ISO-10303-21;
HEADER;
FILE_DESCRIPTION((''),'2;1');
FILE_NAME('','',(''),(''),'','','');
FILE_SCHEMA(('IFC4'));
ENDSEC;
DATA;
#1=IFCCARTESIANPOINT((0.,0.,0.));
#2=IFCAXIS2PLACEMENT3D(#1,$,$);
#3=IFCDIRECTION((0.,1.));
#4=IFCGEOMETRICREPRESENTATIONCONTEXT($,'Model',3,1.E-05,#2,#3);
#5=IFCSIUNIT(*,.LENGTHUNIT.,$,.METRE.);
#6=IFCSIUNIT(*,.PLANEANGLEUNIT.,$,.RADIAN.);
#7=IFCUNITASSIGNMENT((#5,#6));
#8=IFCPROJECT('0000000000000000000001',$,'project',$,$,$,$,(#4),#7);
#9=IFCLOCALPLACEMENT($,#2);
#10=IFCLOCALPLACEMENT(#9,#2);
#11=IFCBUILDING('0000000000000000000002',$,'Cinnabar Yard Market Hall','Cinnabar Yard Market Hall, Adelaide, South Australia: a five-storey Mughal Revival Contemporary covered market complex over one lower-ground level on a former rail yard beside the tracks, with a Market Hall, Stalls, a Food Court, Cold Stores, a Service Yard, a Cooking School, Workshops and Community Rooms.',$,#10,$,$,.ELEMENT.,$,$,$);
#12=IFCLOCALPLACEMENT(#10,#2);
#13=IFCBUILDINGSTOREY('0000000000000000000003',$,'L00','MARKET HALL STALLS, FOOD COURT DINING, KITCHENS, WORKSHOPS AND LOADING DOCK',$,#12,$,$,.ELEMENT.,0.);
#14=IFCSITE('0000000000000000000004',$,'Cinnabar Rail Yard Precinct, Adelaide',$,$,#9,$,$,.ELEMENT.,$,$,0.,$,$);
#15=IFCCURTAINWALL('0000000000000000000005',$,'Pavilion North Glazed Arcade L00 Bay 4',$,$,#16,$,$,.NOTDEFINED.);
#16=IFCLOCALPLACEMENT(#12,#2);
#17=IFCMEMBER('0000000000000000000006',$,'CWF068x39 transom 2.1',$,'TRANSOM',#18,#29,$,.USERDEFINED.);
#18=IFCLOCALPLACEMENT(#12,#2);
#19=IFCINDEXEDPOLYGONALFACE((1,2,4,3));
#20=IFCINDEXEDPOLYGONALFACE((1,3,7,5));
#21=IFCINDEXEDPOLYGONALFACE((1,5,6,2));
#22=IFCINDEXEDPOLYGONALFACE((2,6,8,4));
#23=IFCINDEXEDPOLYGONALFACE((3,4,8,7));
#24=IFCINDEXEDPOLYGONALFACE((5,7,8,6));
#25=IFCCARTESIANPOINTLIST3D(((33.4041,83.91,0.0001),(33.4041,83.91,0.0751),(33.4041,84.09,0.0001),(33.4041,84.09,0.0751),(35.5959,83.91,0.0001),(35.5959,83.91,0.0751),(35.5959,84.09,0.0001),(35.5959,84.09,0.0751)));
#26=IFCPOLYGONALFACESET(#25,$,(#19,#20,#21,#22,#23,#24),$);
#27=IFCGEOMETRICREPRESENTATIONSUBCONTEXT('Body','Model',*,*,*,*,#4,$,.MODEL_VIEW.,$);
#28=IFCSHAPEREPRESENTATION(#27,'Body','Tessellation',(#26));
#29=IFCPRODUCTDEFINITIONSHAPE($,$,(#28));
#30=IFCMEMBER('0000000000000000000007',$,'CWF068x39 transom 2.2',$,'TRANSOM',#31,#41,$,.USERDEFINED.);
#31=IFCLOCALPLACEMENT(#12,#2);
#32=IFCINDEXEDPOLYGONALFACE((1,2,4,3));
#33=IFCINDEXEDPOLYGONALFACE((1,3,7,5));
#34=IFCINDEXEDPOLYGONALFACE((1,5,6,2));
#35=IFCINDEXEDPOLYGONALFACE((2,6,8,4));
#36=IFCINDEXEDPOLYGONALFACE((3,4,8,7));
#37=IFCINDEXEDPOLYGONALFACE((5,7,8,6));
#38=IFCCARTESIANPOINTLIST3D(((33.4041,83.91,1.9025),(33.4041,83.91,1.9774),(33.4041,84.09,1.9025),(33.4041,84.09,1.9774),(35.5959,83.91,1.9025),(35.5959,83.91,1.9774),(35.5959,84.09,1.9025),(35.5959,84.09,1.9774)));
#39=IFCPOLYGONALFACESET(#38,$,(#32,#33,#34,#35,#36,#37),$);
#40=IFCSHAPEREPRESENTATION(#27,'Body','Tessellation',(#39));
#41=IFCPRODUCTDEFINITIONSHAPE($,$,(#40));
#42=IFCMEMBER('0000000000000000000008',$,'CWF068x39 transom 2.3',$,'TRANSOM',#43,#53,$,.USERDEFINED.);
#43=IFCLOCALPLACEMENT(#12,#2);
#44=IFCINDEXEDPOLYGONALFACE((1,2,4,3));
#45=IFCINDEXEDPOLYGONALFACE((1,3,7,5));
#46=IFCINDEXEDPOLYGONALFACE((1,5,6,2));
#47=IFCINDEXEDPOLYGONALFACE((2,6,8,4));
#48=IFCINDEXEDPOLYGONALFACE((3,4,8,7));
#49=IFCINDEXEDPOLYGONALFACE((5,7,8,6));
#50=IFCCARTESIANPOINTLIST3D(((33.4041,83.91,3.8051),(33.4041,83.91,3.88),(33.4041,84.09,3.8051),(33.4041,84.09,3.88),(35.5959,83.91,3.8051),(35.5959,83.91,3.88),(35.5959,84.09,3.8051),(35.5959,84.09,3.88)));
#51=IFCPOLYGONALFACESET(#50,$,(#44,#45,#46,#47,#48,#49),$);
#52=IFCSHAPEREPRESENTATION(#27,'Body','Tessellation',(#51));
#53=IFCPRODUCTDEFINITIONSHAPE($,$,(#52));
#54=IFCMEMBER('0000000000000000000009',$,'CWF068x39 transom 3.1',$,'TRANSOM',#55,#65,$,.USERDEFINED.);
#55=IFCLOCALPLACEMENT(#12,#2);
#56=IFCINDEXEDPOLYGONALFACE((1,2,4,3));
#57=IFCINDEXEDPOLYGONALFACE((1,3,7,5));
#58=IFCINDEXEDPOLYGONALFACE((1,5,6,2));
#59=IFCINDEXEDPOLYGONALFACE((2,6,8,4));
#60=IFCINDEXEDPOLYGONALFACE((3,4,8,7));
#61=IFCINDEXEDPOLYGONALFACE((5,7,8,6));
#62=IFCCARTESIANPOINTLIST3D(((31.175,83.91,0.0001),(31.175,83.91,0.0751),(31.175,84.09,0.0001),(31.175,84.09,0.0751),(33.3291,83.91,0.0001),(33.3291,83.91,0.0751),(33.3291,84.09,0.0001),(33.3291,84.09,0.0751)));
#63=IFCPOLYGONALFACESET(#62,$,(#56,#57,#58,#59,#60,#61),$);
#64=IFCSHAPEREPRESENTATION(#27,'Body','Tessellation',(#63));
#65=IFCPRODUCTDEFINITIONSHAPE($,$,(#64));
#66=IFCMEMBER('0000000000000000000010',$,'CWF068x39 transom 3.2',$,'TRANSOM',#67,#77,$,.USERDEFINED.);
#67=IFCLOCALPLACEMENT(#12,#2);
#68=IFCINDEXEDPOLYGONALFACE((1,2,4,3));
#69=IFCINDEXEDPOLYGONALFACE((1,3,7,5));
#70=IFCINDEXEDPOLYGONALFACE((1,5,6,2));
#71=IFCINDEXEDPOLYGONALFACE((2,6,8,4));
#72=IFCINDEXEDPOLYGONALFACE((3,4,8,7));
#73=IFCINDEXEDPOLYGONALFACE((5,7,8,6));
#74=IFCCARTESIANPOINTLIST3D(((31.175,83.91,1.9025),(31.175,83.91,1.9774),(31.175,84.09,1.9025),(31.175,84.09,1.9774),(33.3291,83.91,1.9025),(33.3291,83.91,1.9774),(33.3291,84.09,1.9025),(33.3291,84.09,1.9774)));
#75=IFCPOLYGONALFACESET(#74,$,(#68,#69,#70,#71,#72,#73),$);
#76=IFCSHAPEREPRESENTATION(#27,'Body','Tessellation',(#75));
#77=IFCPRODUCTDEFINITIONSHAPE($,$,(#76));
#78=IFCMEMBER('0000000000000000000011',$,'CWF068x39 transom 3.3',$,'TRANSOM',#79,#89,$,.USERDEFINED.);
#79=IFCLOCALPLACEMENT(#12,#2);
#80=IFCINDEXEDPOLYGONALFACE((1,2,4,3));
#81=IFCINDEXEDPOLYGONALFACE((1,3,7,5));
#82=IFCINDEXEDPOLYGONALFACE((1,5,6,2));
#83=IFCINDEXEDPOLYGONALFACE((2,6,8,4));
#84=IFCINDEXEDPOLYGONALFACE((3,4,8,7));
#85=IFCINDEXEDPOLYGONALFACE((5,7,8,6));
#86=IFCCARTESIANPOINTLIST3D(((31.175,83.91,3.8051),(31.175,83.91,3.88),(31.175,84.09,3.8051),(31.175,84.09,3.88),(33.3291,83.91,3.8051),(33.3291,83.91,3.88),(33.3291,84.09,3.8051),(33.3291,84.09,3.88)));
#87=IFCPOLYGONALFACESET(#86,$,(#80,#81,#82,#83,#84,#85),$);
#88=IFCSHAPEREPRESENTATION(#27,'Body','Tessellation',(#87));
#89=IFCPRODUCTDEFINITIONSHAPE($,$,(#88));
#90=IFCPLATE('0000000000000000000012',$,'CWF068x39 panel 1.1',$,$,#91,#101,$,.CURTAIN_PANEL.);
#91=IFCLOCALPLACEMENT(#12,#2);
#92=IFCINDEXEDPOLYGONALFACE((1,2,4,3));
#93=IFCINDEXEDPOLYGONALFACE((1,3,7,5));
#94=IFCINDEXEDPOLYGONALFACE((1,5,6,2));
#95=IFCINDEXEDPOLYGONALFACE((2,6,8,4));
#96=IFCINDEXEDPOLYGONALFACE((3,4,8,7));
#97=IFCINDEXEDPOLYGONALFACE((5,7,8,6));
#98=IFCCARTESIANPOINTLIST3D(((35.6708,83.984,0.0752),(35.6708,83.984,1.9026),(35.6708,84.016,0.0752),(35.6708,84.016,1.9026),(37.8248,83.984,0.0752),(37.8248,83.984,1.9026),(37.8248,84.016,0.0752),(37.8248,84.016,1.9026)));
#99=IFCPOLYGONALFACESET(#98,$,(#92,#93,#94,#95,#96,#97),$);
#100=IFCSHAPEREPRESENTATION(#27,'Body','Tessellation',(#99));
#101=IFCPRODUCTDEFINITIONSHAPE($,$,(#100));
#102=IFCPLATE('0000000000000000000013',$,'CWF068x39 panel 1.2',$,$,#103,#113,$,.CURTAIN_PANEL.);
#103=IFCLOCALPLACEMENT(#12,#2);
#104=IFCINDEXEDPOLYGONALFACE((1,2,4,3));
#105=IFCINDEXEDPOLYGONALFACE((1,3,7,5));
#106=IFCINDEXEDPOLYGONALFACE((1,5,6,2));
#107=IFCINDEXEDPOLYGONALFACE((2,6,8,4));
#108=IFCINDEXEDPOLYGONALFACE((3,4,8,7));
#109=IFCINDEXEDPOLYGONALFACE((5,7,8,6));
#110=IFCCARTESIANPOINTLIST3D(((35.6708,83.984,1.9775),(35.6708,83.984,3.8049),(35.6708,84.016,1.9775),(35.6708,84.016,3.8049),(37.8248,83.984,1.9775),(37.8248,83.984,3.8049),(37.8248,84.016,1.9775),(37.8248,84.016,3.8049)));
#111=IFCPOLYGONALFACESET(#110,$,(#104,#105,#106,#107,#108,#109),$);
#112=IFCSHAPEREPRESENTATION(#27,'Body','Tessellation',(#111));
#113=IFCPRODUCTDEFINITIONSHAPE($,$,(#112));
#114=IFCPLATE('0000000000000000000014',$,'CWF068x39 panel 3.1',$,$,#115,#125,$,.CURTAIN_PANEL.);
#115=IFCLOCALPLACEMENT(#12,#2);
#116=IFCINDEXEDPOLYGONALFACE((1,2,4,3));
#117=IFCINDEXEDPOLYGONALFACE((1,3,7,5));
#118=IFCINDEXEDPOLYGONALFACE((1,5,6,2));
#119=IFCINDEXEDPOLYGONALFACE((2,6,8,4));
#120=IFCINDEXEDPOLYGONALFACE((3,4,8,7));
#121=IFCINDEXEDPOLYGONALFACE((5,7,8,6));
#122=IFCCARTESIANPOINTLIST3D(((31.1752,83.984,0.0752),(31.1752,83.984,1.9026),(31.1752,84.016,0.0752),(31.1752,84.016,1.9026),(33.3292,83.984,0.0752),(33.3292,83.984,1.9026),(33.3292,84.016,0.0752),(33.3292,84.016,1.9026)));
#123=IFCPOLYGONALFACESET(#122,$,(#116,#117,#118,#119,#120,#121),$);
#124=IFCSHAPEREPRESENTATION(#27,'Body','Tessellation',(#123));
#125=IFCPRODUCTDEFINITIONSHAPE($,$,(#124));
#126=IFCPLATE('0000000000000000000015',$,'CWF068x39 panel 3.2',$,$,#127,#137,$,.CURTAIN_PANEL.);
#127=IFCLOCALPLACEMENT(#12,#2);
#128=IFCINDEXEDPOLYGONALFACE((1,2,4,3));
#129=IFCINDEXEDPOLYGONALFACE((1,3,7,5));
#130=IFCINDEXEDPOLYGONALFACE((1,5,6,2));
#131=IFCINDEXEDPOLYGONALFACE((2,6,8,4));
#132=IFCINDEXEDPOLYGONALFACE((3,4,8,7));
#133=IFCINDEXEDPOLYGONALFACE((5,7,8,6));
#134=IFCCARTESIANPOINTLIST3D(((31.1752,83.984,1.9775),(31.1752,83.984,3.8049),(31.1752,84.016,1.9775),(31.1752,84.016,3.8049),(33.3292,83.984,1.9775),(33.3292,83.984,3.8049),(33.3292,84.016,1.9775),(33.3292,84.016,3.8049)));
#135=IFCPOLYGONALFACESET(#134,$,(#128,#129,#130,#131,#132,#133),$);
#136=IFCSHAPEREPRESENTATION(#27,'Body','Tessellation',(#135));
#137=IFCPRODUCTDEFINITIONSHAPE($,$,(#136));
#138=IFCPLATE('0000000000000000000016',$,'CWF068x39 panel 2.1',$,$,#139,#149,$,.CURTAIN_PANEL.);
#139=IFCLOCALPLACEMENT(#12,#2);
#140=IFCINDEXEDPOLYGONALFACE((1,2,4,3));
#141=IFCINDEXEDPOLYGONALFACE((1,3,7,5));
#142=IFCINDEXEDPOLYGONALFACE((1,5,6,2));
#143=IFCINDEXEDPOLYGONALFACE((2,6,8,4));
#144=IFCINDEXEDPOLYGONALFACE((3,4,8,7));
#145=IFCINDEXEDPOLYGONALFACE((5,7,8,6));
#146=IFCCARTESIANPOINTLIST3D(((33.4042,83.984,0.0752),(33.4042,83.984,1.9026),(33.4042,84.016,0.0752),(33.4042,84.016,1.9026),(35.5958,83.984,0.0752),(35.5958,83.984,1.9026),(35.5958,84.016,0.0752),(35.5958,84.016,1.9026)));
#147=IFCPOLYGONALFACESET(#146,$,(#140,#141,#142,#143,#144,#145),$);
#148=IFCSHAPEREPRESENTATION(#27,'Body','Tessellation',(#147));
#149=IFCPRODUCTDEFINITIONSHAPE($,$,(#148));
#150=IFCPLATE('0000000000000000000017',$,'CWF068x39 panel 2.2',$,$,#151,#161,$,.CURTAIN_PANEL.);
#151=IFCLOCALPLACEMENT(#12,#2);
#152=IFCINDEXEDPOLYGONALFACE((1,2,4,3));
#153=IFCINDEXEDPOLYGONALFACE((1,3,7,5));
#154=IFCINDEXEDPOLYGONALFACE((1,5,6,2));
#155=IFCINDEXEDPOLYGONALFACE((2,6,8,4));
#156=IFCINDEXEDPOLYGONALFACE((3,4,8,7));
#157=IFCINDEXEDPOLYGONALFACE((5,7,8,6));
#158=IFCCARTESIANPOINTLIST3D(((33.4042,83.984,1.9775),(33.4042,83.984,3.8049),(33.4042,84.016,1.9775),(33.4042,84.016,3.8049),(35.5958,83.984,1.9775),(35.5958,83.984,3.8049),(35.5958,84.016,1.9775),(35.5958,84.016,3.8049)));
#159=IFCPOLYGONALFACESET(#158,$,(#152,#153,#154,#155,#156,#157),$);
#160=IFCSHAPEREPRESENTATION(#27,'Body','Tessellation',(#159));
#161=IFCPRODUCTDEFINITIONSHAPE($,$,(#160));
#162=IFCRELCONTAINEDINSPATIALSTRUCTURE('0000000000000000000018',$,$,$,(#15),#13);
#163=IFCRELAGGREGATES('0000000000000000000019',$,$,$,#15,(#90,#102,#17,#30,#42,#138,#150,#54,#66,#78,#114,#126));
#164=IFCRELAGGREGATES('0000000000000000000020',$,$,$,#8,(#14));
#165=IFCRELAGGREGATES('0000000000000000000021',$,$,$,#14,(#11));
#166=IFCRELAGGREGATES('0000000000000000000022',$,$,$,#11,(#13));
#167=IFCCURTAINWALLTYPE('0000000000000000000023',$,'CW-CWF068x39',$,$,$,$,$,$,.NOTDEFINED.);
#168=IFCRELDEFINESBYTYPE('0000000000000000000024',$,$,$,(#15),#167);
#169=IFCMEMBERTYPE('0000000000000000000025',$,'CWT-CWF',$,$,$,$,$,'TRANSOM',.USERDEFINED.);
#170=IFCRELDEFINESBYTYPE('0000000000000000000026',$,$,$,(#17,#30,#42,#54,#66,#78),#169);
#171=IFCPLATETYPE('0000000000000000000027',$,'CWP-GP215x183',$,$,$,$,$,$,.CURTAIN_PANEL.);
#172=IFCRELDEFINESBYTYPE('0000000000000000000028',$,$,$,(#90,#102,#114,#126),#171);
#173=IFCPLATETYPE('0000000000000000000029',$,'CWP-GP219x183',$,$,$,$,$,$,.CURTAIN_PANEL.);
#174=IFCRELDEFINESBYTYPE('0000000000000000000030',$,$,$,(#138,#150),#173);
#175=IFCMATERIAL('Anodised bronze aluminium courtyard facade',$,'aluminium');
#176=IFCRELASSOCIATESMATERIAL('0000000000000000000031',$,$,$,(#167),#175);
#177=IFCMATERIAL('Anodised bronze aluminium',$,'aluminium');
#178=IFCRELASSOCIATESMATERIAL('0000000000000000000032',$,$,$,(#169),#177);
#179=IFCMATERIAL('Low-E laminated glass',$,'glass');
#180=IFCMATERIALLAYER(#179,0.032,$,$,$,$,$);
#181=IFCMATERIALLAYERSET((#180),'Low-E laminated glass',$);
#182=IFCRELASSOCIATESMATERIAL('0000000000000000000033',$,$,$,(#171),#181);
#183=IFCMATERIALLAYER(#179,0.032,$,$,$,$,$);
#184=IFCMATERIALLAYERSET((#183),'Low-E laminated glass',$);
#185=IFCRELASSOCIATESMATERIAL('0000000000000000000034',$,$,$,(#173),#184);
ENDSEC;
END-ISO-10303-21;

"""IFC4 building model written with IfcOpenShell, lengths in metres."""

from ifc_helpers import new_model, si_unit, direction, frame, origin, origin_2d_with_axis, place, context, subcontext, project, spatial, rectangle, extrude, material, layer, layer_set, material_profile, profile_set, type_object, element, aggregate, save


model = new_model("IFC4")

# Units and contexts
model_context = context("Model", 3, precision=1e-05, world=origin(), true_north=direction((0.0, 1.0)))
body_context = subcontext(model_context, "Body", "Model", "MODEL_VIEW")
ifc_project = project(units=[si_unit("LENGTHUNIT", "METRE"), si_unit("PLANEANGLEUNIT", "RADIAN")], contexts=[model_context])

# Site, building, storey
site_placement = place(None, origin())
site = spatial("IfcSite", under=ifc_project, at=site_placement, Name="Cinnabar Rail Yard Precinct, Adelaide", CompositionType="ELEMENT", RefElevation=0.0)
building_placement = place(site_placement, origin())
building = spatial("IfcBuilding", under=site, at=building_placement, Name="Cinnabar Yard Market Hall", Description="Cinnabar Yard Market Hall, Adelaide, South Australia: a five-storey Mughal Revival Contemporary covered market complex over one lower-ground level on a former rail yard beside the tracks, with a Market Hall, Stalls, a Food Court, Cold Stores, a Service Yard, a Cooking School, Workshops and Community Rooms.", CompositionType="ELEMENT")
storey_placement = place(building_placement, origin())
storey = spatial("IfcBuildingStorey", under=building, at=storey_placement, Name="L00", Description="MARKET HALL STALLS, FOOD COURT DINING, KITCHENS, WORKSHOPS AND LOADING DOCK", CompositionType="ELEMENT", Elevation=0.0)

# Curtain wall, members, plates
ifc_material_1 = material(Name="Anodised bronze aluminium courtyard facade", Category="aluminium")
curtain_wall_type = type_object("IfcCurtainWallType", Name="CW-CWF068x39", PredefinedType="NOTDEFINED", material=ifc_material_1)
curtain_wall_placement = place(storey_placement, origin())
curtain_wall = element("IfcCurtainWall", 1, at=curtain_wall_placement, inside=storey, type_object=curtain_wall_type, Name="Pavilion North Glazed Arcade L00 Bay 4", PredefinedType="NOTDEFINED")
ifc_material_2 = material(Name="Anodised bronze aluminium", Category="aluminium")
ifc_material_profile_1 = material_profile(ifc_material_2, rectangle(XDim=0.1799, YDim=0.075, at=origin_2d_with_axis()), Name="TRN-CWF")
ifc_profile_set_1 = profile_set([ifc_material_profile_1], Name="Anodised bronze aluminium")
member_type_1 = type_object("IfcMemberType", Name="CWT-CWF", ElementType="TRANSOM", PredefinedType="USERDEFINED", material=ifc_profile_set_1)
member_1_placement = place(storey_placement, frame((35.5959, 84.0, 0.0376), z_axis=(-1.0, 0.0, 0.0), x_axis=(0.0, -1.0, 0.0)))
member_1 = element("IfcMember", 2, at=member_1_placement, type_object=member_type_1, Name="CWF068x39 transom 2.1", ObjectType="TRANSOM", PredefinedType="USERDEFINED", context=body_context, shape_type="SweptSolid", body=[
    extrude(rectangle(XDim=0.1799, YDim=0.075, at=origin_2d_with_axis()), origin(), (0.0, 0.0, 1.0), 2.1919),
])
member_2_placement = place(storey_placement, frame((35.5959, 84.0, 1.9399), z_axis=(-1.0, 0.0, 0.0), x_axis=(0.0, -1.0, 0.0)))
member_2 = element("IfcMember", 3, at=member_2_placement, type_object=member_type_1, Name="CWF068x39 transom 2.2", ObjectType="TRANSOM", PredefinedType="USERDEFINED", context=body_context, shape_type="SweptSolid", body=[
    extrude(rectangle(XDim=0.1799, YDim=0.075, at=origin_2d_with_axis()), origin(), (0.0, 0.0, 1.0), 2.1919),
])
member_3_placement = place(storey_placement, frame((35.5959, 84.0, 3.8425), z_axis=(-1.0, 0.0, 0.0), x_axis=(0.0, -1.0, 0.0)))
member_3 = element("IfcMember", 4, at=member_3_placement, type_object=member_type_1, Name="CWF068x39 transom 2.3", ObjectType="TRANSOM", PredefinedType="USERDEFINED", context=body_context, shape_type="SweptSolid", body=[
    extrude(rectangle(XDim=0.1799, YDim=0.075, at=origin_2d_with_axis()), origin(), (0.0, 0.0, 1.0), 2.1919),
])
member_4_placement = place(storey_placement, frame((33.3291, 84.0, 0.0376), z_axis=(-1.0, 0.0, 0.0), x_axis=(0.0, -1.0, 0.0)))
member_4 = element("IfcMember", 5, at=member_4_placement, type_object=member_type_1, Name="CWF068x39 transom 3.1", ObjectType="TRANSOM", PredefinedType="USERDEFINED", context=body_context, shape_type="SweptSolid", body=[
    extrude(rectangle(XDim=0.1799, YDim=0.075, at=origin_2d_with_axis()), origin(), (0.0, 0.0, 1.0), 2.1541),
])
member_5_placement = place(storey_placement, frame((33.3291, 84.0, 1.9399), z_axis=(-1.0, 0.0, 0.0), x_axis=(0.0, -1.0, 0.0)))
member_5 = element("IfcMember", 6, at=member_5_placement, type_object=member_type_1, Name="CWF068x39 transom 3.2", ObjectType="TRANSOM", PredefinedType="USERDEFINED", context=body_context, shape_type="SweptSolid", body=[
    extrude(rectangle(XDim=0.1799, YDim=0.075, at=origin_2d_with_axis()), origin(), (0.0, 0.0, 1.0), 2.1541),
])
member_6_placement = place(storey_placement, frame((33.3291, 84.0, 3.8425), z_axis=(-1.0, 0.0, 0.0), x_axis=(0.0, -1.0, 0.0)))
member_6 = element("IfcMember", 7, at=member_6_placement, type_object=member_type_1, Name="CWF068x39 transom 3.3", ObjectType="TRANSOM", PredefinedType="USERDEFINED", context=body_context, shape_type="SweptSolid", body=[
    extrude(rectangle(XDim=0.1799, YDim=0.075, at=origin_2d_with_axis()), origin(), (0.0, 0.0, 1.0), 2.1541),
])
ifc_material_3 = material(Name="Low-E laminated glass", Category="glass")
ifc_layer_1 = layer(ifc_material_3, 0.032)
ifc_layer_set_1 = layer_set([ifc_layer_1], Name="Low-E laminated glass")
plate_type_1 = type_object("IfcPlateType", Name="CWP-GP215x183", PredefinedType="CURTAIN_PANEL", material=ifc_layer_set_1)
plate_1_placement = place(storey_placement, frame((36.7478, 84.0, 0.0752), z_axis=(0.0, 0.0, 1.0), x_axis=(-1.0, 0.0, 0.0)))
plate_1 = element("IfcPlate", 8, at=plate_1_placement, type_object=plate_type_1, Name="CWF068x39 panel 1.1", PredefinedType="CURTAIN_PANEL", context=body_context, shape_type="SweptSolid", body=[
    extrude(rectangle(XDim=2.1541, YDim=0.032, at=origin_2d_with_axis()), origin(), (0.0, 0.0, 1.0), 1.8274),
])
plate_2_placement = place(storey_placement, frame((36.7478, 84.0, 1.9775), z_axis=(0.0, 0.0, 1.0), x_axis=(-1.0, 0.0, 0.0)))
plate_2 = element("IfcPlate", 9, at=plate_2_placement, type_object=plate_type_1, Name="CWF068x39 panel 1.2", PredefinedType="CURTAIN_PANEL", context=body_context, shape_type="SweptSolid", body=[
    extrude(rectangle(XDim=2.1541, YDim=0.032, at=origin_2d_with_axis()), origin(), (0.0, 0.0, 1.0), 1.8274),
])
plate_3_placement = place(storey_placement, frame((32.2522, 84.0, 0.0752), z_axis=(0.0, 0.0, 1.0), x_axis=(-1.0, 0.0, 0.0)))
plate_3 = element("IfcPlate", 10, at=plate_3_placement, type_object=plate_type_1, Name="CWF068x39 panel 3.1", PredefinedType="CURTAIN_PANEL", context=body_context, shape_type="SweptSolid", body=[
    extrude(rectangle(XDim=2.1541, YDim=0.032, at=origin_2d_with_axis()), origin(), (0.0, 0.0, 1.0), 1.8274),
])
plate_4_placement = place(storey_placement, frame((32.2522, 84.0, 1.9775), z_axis=(0.0, 0.0, 1.0), x_axis=(-1.0, 0.0, 0.0)))
plate_4 = element("IfcPlate", 11, at=plate_4_placement, type_object=plate_type_1, Name="CWF068x39 panel 3.2", PredefinedType="CURTAIN_PANEL", context=body_context, shape_type="SweptSolid", body=[
    extrude(rectangle(XDim=2.1541, YDim=0.032, at=origin_2d_with_axis()), origin(), (0.0, 0.0, 1.0), 1.8274),
])
ifc_layer_2 = layer(ifc_material_3, 0.032)
ifc_layer_set_2 = layer_set([ifc_layer_2], Name="Low-E laminated glass")
plate_type_2 = type_object("IfcPlateType", Name="CWP-GP219x183", PredefinedType="CURTAIN_PANEL", material=ifc_layer_set_2)
plate_5_placement = place(storey_placement, frame((34.5, 84.0, 0.0752), z_axis=(0.0, 0.0, 1.0), x_axis=(-1.0, 0.0, 0.0)))
plate_5 = element("IfcPlate", 12, at=plate_5_placement, type_object=plate_type_2, Name="CWF068x39 panel 2.1", PredefinedType="CURTAIN_PANEL", context=body_context, shape_type="SweptSolid", body=[
    extrude(rectangle(XDim=2.1917, YDim=0.032, at=origin_2d_with_axis()), origin(), (0.0, 0.0, 1.0), 1.8274),
])
plate_6_placement = place(storey_placement, frame((34.5, 84.0, 1.9775), z_axis=(0.0, 0.0, 1.0), x_axis=(-1.0, 0.0, 0.0)))
plate_6 = element("IfcPlate", 13, at=plate_6_placement, type_object=plate_type_2, Name="CWF068x39 panel 2.2", PredefinedType="CURTAIN_PANEL", context=body_context, shape_type="SweptSolid", body=[
    extrude(rectangle(XDim=2.1917, YDim=0.032, at=origin_2d_with_axis()), origin(), (0.0, 0.0, 1.0), 1.8274),
])
aggregate(curtain_wall, [plate_1, plate_2, member_1, member_2, member_3, plate_5, plate_6, member_4, member_5, member_6, plate_3, plate_4])

save(model, "model.ifc")
